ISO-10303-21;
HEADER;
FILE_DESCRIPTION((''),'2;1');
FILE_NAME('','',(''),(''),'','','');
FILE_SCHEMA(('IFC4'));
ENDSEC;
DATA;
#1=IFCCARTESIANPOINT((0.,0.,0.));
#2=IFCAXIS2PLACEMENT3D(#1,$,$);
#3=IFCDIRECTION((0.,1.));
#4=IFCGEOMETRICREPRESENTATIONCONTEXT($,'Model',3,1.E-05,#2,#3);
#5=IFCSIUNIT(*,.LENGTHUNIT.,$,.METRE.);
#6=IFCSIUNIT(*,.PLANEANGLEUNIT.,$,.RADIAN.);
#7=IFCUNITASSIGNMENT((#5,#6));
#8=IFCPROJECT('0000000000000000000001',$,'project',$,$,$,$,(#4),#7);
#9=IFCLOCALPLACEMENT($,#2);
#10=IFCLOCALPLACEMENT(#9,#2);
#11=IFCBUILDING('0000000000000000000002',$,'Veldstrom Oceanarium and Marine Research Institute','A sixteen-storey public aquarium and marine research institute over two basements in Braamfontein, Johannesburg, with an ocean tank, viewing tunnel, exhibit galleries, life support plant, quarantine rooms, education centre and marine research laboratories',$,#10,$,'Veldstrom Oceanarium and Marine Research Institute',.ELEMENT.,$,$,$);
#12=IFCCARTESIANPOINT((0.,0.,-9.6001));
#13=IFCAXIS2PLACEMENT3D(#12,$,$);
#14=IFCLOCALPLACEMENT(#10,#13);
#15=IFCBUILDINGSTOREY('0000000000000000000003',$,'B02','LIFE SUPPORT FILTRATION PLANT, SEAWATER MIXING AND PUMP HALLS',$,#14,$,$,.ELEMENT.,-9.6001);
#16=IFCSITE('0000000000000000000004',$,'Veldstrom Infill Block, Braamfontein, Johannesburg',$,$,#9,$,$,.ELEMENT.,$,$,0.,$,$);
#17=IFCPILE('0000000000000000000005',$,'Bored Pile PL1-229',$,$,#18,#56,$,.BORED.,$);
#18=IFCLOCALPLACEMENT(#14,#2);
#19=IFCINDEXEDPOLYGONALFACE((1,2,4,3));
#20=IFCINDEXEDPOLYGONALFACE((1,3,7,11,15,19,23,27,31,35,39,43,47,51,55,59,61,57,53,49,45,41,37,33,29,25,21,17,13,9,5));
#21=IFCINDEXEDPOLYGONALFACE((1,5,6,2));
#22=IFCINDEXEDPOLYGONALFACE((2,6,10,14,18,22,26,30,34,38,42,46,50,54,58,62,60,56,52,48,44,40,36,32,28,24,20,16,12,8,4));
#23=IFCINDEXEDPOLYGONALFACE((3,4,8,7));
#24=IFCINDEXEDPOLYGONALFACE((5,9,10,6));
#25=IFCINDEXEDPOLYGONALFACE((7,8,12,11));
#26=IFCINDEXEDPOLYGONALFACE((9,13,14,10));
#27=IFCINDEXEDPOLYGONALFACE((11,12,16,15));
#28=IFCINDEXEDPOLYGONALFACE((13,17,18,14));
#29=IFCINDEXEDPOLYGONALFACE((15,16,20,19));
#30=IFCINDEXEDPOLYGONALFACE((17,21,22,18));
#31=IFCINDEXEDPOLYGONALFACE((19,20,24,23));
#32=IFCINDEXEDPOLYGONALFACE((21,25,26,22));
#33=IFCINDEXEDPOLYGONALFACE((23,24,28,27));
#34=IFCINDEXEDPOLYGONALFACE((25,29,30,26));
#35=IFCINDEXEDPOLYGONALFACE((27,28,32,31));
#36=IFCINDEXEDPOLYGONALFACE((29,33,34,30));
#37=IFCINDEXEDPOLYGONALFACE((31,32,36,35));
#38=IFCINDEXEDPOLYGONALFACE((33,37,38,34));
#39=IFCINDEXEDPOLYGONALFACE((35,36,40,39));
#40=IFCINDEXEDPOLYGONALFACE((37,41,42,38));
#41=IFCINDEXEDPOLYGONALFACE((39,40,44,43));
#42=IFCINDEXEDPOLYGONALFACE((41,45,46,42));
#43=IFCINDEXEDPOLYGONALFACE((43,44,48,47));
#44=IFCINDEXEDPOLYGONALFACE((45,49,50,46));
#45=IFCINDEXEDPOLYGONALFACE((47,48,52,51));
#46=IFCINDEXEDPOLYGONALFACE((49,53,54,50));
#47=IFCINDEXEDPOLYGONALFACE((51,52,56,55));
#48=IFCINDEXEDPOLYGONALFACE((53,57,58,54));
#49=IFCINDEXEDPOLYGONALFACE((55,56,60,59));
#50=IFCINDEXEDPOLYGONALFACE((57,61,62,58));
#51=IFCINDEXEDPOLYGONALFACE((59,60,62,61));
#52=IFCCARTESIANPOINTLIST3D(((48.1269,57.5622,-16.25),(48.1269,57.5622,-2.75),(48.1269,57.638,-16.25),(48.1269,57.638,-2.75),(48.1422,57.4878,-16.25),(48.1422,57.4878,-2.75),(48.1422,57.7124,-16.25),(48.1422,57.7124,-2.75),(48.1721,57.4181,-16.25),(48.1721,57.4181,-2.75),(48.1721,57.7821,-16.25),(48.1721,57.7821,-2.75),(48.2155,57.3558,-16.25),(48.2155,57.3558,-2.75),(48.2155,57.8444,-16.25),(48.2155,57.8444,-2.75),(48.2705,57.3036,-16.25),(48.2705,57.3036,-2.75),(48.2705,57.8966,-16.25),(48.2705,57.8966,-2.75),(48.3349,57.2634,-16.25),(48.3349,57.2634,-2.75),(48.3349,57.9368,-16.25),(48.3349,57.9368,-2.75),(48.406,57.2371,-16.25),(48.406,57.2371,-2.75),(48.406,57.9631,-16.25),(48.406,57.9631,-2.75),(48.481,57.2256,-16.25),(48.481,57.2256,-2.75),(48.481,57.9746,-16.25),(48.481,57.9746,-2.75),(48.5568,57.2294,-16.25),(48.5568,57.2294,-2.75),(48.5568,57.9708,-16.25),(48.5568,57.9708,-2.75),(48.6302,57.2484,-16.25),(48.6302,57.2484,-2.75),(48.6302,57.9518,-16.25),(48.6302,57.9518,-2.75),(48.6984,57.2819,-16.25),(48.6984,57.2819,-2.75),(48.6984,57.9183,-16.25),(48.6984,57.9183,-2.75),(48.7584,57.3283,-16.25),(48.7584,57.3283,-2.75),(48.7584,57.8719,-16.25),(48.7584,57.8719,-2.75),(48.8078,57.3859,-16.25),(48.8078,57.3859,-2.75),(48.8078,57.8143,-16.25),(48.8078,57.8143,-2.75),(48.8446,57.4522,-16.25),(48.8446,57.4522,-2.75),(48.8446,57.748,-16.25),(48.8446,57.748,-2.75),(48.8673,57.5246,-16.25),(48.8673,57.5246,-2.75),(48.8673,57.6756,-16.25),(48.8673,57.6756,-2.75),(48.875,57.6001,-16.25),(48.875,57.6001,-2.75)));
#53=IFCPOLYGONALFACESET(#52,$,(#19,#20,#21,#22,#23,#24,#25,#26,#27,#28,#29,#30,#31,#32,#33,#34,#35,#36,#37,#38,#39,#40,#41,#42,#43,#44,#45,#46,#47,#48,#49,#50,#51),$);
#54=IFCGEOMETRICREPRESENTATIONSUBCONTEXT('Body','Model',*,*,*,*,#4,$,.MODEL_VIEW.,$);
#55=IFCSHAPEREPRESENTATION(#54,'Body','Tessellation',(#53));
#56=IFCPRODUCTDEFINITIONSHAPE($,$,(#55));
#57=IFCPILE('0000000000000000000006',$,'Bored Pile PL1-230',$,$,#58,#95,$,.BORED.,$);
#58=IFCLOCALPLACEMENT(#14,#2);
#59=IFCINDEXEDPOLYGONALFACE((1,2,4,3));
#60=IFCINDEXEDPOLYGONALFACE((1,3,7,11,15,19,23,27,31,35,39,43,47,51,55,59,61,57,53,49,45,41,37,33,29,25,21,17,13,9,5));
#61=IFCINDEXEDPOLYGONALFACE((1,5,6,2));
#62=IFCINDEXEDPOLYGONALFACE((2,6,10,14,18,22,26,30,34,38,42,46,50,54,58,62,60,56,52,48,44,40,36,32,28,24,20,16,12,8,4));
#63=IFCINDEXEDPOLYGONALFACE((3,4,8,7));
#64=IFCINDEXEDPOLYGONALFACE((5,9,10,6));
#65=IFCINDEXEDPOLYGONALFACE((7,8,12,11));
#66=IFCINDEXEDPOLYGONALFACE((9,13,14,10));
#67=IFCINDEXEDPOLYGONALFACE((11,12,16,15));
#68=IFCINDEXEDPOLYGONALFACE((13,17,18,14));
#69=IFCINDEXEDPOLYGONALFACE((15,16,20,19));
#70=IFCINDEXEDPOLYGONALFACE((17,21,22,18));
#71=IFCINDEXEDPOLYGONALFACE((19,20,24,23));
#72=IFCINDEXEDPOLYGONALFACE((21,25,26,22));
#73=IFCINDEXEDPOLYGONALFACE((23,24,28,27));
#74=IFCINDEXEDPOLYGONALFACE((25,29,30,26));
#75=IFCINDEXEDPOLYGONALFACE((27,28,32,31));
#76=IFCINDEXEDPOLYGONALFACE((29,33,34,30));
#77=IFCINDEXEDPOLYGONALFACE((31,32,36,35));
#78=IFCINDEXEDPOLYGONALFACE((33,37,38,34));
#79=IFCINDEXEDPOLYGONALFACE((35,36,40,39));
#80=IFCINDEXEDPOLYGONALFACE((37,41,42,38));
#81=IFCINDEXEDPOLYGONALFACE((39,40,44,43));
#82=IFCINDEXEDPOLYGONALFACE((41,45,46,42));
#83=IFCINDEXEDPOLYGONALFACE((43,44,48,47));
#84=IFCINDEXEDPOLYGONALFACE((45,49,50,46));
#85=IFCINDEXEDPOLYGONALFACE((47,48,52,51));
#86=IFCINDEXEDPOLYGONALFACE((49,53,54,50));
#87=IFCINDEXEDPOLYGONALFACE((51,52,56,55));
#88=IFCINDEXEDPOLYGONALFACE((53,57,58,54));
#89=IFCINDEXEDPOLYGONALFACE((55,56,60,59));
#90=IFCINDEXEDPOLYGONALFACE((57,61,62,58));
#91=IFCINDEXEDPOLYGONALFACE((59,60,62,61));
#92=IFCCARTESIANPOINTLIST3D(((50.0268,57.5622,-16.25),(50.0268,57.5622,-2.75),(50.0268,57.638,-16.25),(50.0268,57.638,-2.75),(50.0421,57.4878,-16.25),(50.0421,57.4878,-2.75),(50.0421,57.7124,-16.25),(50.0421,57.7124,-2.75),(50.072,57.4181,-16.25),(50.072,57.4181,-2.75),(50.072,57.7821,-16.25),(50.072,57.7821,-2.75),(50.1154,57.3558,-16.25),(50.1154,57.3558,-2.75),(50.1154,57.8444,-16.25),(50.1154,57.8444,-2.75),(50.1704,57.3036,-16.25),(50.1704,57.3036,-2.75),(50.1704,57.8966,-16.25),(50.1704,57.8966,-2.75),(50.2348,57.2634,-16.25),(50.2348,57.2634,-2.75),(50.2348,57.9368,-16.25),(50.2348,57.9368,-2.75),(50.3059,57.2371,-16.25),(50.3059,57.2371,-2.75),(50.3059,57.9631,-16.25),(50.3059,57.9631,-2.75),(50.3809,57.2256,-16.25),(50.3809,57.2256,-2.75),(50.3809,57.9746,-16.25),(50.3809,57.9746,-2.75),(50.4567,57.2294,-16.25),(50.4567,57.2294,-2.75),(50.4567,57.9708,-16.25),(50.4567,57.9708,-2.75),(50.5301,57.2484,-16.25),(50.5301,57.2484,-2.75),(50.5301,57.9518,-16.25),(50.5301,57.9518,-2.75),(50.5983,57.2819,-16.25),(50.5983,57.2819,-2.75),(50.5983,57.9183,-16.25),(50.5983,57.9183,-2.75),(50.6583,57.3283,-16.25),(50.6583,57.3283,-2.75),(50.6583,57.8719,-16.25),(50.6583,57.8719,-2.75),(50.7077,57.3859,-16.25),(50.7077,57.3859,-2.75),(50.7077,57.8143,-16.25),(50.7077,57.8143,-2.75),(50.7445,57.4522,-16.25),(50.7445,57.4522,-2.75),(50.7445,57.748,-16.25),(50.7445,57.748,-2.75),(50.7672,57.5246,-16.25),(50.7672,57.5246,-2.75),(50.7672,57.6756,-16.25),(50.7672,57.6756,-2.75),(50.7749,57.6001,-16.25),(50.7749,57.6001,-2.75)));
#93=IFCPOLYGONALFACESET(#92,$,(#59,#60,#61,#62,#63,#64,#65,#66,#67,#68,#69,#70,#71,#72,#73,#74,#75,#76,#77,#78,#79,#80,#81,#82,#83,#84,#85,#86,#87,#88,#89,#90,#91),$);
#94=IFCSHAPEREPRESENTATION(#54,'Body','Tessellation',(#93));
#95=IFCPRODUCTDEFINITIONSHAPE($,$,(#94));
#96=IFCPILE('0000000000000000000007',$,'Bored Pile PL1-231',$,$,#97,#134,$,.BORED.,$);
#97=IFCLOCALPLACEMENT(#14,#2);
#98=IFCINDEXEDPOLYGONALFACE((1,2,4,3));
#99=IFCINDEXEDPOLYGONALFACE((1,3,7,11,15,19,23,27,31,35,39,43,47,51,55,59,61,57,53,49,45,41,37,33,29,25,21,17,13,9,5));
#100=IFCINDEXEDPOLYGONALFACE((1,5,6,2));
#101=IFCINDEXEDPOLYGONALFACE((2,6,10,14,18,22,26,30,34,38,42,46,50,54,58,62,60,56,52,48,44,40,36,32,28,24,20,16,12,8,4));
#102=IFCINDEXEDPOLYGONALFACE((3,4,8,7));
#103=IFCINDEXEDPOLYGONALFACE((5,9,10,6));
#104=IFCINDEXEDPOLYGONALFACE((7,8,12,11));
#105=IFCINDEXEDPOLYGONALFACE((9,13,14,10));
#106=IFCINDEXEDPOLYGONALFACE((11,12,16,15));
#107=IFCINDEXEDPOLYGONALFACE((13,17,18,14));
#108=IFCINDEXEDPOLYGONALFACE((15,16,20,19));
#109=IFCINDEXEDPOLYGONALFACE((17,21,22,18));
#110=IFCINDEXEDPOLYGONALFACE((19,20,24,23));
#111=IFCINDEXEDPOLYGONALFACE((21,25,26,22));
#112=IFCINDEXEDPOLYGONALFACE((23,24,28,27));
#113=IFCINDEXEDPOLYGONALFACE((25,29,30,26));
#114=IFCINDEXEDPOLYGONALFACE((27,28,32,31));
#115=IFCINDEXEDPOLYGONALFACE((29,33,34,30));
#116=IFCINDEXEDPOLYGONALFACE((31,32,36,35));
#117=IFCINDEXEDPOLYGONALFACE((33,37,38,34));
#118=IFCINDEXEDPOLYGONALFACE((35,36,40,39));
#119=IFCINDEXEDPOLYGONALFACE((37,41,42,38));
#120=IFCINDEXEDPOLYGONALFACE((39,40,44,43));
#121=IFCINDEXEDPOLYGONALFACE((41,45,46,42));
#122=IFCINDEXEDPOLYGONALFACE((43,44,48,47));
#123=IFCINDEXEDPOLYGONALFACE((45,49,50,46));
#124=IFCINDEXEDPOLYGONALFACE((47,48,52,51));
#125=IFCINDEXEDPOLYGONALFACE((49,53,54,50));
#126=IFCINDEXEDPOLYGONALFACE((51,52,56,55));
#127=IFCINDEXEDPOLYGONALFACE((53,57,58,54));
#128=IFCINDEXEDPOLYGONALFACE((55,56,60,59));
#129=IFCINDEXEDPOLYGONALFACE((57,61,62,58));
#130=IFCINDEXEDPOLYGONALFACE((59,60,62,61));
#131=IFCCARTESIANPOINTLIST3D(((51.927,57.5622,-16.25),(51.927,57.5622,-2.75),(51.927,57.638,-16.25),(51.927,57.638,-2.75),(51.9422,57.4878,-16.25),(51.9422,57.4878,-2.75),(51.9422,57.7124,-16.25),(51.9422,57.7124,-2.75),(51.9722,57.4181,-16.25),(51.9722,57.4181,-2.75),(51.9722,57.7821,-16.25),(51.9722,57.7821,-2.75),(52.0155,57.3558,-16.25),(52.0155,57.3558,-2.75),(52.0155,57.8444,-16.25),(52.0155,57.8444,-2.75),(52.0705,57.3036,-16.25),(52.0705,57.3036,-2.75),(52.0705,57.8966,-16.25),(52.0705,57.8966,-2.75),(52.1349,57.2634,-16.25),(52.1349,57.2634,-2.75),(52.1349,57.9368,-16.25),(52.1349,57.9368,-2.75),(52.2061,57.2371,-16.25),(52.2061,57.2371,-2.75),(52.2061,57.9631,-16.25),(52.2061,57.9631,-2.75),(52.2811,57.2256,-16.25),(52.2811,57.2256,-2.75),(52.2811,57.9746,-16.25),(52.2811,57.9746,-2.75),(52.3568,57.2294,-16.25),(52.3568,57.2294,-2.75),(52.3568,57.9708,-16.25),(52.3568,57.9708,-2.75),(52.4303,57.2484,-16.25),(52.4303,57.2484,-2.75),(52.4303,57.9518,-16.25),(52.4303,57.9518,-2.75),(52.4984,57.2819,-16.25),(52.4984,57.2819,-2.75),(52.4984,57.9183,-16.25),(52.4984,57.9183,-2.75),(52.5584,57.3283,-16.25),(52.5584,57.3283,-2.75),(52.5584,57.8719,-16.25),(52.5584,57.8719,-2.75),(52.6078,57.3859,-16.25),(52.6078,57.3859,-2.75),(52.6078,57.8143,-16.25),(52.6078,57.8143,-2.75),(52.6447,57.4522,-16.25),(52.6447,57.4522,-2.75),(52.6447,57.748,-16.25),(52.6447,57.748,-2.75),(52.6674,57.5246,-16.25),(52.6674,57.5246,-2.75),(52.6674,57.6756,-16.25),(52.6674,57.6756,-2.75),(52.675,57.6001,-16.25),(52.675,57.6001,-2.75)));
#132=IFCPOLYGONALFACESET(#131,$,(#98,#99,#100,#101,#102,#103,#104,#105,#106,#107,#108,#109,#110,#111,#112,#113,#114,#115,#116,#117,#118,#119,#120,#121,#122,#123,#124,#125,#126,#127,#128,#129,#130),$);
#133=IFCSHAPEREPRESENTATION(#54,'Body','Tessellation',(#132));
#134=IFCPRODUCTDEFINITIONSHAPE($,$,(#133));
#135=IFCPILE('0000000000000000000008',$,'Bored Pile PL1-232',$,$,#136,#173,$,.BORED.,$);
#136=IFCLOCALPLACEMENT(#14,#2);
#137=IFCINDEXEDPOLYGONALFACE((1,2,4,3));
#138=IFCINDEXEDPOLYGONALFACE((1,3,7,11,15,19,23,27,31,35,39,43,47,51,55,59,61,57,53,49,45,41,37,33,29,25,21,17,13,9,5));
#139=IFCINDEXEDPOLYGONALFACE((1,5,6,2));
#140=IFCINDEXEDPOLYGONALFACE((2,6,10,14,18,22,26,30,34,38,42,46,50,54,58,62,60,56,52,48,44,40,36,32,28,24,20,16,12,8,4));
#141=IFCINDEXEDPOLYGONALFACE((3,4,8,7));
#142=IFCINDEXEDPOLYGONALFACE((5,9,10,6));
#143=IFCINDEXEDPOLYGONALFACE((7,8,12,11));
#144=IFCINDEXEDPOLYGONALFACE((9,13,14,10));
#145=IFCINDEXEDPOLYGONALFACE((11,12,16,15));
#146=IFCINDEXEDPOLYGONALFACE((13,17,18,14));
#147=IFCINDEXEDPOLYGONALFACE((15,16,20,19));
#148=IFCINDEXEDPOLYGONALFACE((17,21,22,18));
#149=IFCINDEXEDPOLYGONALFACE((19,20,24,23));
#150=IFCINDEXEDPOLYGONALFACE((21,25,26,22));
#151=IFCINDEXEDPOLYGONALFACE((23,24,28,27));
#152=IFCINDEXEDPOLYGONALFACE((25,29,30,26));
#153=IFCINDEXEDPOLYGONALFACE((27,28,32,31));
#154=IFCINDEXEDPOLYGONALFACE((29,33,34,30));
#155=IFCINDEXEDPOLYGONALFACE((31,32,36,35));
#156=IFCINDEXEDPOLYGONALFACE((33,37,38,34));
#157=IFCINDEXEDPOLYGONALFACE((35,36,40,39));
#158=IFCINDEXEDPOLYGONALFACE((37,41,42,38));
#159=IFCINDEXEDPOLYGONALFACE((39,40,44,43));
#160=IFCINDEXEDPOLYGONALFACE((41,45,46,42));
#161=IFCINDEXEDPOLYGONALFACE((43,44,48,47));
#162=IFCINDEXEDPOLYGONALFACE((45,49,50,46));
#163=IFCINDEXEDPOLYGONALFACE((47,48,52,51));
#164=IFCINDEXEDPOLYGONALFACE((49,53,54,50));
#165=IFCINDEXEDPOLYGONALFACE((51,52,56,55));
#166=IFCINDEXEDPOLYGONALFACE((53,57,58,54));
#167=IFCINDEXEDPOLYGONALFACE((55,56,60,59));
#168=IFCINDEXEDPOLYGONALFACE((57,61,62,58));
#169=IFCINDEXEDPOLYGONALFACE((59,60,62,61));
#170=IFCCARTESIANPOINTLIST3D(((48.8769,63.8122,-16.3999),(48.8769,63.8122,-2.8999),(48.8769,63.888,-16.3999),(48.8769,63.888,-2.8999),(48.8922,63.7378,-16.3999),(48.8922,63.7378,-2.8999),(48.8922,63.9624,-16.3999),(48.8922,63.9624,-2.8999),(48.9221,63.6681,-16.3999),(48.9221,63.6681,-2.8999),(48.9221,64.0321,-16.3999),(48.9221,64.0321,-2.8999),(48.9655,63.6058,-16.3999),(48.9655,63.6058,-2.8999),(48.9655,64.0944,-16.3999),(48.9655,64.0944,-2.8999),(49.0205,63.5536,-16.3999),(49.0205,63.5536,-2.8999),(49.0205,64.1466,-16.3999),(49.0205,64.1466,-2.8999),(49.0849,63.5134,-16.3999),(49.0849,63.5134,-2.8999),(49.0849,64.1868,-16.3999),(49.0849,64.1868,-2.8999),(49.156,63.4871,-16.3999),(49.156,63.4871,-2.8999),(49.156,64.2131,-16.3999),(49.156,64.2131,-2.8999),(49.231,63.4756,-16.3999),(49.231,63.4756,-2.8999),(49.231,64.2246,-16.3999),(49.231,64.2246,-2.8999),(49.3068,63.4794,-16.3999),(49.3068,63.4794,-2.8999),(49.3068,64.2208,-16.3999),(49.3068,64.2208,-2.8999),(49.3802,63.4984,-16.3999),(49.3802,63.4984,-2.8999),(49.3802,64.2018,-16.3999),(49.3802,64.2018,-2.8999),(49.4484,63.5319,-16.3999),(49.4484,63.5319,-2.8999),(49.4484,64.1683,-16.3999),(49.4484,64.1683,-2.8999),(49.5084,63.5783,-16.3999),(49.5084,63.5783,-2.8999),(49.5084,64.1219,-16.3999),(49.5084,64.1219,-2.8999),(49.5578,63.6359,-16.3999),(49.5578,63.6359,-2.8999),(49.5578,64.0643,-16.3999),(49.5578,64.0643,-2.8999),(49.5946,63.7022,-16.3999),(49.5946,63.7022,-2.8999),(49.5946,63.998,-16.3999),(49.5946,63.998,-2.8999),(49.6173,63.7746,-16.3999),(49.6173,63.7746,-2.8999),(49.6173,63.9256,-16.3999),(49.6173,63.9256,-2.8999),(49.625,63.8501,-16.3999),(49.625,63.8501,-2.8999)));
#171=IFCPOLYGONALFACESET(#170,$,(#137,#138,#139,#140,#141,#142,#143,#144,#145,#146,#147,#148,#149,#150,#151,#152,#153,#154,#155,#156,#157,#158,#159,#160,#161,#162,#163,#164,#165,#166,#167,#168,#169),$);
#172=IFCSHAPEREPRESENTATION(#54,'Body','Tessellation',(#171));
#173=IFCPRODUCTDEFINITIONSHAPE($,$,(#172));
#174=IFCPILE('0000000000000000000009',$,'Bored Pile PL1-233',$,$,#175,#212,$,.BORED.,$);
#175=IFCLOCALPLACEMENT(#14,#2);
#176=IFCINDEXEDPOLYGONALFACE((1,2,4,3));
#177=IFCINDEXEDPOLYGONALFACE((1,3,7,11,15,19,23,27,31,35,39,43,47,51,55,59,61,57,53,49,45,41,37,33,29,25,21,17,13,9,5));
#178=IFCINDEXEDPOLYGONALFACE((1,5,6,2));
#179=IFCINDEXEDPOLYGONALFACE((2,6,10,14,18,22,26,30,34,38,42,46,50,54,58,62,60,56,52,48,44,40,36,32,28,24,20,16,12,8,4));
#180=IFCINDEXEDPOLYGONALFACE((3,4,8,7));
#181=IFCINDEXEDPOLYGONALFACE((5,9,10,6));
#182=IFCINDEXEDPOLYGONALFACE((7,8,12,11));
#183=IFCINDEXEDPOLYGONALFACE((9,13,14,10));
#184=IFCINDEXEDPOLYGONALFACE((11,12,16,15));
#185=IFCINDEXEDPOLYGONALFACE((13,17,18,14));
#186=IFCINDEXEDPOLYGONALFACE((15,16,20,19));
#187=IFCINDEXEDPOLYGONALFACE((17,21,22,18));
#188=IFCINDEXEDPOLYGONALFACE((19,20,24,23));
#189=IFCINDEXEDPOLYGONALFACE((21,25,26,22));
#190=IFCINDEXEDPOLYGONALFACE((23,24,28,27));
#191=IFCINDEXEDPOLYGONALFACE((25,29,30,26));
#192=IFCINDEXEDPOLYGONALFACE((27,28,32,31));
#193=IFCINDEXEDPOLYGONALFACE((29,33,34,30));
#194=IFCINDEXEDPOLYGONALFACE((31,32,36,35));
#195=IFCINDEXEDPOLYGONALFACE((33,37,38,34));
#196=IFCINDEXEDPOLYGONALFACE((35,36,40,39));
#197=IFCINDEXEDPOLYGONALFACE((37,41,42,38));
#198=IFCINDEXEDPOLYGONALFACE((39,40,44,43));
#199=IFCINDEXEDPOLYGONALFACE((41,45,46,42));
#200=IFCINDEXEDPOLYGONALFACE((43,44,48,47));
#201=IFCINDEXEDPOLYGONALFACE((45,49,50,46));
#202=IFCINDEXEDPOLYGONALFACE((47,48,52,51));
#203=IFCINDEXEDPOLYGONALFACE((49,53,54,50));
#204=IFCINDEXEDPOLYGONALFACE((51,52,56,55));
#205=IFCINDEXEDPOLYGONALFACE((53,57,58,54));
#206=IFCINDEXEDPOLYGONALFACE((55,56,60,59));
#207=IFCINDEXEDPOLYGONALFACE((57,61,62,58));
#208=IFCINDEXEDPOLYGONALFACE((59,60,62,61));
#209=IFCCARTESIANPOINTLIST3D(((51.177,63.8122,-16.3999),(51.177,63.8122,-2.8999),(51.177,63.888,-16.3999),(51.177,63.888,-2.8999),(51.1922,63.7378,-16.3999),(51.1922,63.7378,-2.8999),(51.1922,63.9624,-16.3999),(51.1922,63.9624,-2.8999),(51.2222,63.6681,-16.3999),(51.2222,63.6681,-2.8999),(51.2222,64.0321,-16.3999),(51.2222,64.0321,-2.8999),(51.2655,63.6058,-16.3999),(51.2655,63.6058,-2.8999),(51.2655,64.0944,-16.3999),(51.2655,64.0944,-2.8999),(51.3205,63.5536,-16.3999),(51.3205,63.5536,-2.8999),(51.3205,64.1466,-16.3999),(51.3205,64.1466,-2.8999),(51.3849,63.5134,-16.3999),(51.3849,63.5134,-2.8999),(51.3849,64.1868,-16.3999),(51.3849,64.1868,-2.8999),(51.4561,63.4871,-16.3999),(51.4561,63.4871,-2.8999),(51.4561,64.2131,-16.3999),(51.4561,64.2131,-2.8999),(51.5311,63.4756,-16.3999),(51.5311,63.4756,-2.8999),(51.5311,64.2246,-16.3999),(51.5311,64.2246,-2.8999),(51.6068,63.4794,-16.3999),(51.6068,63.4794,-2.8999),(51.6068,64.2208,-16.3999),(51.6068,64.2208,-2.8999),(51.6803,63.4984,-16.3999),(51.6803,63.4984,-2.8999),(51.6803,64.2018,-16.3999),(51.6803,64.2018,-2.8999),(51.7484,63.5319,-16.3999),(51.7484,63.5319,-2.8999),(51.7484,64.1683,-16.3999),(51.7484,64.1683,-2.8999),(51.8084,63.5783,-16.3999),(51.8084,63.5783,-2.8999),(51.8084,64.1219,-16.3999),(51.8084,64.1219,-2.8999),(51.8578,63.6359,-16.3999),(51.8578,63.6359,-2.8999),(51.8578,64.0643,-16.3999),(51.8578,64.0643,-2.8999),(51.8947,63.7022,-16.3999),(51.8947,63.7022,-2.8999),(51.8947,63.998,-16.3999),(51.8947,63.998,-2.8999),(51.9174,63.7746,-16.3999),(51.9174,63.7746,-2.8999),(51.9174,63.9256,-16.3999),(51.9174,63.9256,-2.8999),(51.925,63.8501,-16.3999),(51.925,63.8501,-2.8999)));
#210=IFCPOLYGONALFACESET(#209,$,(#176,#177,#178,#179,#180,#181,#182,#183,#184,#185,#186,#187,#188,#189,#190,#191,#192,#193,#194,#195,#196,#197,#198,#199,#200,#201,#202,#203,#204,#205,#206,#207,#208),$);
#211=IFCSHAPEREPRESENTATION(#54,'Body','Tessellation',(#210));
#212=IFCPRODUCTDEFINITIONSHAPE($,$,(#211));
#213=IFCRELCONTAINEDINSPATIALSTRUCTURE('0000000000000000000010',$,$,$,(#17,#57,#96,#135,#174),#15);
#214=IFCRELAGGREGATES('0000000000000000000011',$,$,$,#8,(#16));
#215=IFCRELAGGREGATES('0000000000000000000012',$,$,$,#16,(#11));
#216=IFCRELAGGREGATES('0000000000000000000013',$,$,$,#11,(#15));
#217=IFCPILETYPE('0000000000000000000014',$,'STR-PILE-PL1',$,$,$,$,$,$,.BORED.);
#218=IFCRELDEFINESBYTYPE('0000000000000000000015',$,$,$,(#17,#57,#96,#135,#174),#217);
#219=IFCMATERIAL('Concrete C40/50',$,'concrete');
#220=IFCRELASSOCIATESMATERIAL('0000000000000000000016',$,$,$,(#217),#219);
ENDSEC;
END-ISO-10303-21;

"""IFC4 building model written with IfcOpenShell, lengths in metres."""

from ifc_helpers import new_model, si_unit, direction, frame, origin, origin_2d, place, context, subcontext, project, spatial, circle, extrude, material, material_profile, profile_set, type_object, element, save


model = new_model("IFC4")

# Units and contexts
model_context = context("Model", 3, precision=1e-05, world=origin(), true_north=direction((0.0, 1.0)))
body_context = subcontext(model_context, "Body", "Model", "MODEL_VIEW")
ifc_project = project(units=[si_unit("LENGTHUNIT", "METRE"), si_unit("PLANEANGLEUNIT", "RADIAN")], contexts=[model_context])

# Site, building, storey
site_placement = place(None, origin())
site = spatial("IfcSite", under=ifc_project, at=site_placement, Name="Veldstrom Infill Block, Braamfontein, Johannesburg", CompositionType="ELEMENT", RefElevation=0.0)
building_placement = place(site_placement, origin())
building = spatial("IfcBuilding", under=site, at=building_placement, Name="Veldstrom Oceanarium and Marine Research Institute", Description="A sixteen-storey public aquarium and marine research institute over two basements in Braamfontein, Johannesburg, with an ocean tank, viewing tunnel, exhibit galleries, life support plant, quarantine rooms, education centre and marine research laboratories", LongName="Veldstrom Oceanarium and Marine Research Institute", CompositionType="ELEMENT")
storey_placement = place(building_placement, frame((0.0, 0.0, -9.6001)))
storey = spatial("IfcBuildingStorey", under=building, at=storey_placement, Name="B02", Description="LIFE SUPPORT FILTRATION PLANT, SEAWATER MIXING AND PUMP HALLS", CompositionType="ELEMENT", Elevation=-9.6001)

# Piles
ifc_material_1 = material(Name="Concrete C40/50", Category="concrete")
ifc_material_profile_1 = material_profile(ifc_material_1, circle(Radius=0.375, at=origin_2d()), Name="PILE-D750")
ifc_profile_set_1 = profile_set([ifc_material_profile_1], Name="Concrete C40/50")
pile_type = type_object("IfcPileType", Name="STR-PILE-PL1", PredefinedType="BORED", material=ifc_profile_set_1)
for number, where, z_axis, x_axis, name in (
    (1, (48.5, 57.6001, -2.75), (0.0, 0.0, -1.0), (1.0, 0.0, 0.0), "Bored Pile PL1-229"),
    (2, (50.3999, 57.6001, -2.75), (0.0, 0.0, -1.0), (1.0, 0.0, 0.0), "Bored Pile PL1-230"),
    (3, (52.3, 57.6001, -2.75), (0.0, 0.0, -1.0), (1.0, 0.0, 0.0), "Bored Pile PL1-231"),
    (4, (49.25, 63.8501, -2.8999), (0.0, 0.0, -1.0), (1.0, 0.0, 0.0), "Bored Pile PL1-232"),
    (5, (51.55, 63.8501, -2.8999), (0.0, 0.0, -1.0), (1.0, 0.0, 0.0), "Bored Pile PL1-233"),
):
    element("IfcPile", number, at=place(storey_placement, frame(where, z_axis=z_axis, x_axis=x_axis)), inside=storey, type_object=pile_type, Name=name, PredefinedType="BORED", context=body_context, shape_type="SweptSolid", body=[
        extrude(circle(Radius=0.375, at=origin_2d()), origin(), (0.0, 0.0, 1.0), 13.5),
    ])

save(model, "model.ifc")
